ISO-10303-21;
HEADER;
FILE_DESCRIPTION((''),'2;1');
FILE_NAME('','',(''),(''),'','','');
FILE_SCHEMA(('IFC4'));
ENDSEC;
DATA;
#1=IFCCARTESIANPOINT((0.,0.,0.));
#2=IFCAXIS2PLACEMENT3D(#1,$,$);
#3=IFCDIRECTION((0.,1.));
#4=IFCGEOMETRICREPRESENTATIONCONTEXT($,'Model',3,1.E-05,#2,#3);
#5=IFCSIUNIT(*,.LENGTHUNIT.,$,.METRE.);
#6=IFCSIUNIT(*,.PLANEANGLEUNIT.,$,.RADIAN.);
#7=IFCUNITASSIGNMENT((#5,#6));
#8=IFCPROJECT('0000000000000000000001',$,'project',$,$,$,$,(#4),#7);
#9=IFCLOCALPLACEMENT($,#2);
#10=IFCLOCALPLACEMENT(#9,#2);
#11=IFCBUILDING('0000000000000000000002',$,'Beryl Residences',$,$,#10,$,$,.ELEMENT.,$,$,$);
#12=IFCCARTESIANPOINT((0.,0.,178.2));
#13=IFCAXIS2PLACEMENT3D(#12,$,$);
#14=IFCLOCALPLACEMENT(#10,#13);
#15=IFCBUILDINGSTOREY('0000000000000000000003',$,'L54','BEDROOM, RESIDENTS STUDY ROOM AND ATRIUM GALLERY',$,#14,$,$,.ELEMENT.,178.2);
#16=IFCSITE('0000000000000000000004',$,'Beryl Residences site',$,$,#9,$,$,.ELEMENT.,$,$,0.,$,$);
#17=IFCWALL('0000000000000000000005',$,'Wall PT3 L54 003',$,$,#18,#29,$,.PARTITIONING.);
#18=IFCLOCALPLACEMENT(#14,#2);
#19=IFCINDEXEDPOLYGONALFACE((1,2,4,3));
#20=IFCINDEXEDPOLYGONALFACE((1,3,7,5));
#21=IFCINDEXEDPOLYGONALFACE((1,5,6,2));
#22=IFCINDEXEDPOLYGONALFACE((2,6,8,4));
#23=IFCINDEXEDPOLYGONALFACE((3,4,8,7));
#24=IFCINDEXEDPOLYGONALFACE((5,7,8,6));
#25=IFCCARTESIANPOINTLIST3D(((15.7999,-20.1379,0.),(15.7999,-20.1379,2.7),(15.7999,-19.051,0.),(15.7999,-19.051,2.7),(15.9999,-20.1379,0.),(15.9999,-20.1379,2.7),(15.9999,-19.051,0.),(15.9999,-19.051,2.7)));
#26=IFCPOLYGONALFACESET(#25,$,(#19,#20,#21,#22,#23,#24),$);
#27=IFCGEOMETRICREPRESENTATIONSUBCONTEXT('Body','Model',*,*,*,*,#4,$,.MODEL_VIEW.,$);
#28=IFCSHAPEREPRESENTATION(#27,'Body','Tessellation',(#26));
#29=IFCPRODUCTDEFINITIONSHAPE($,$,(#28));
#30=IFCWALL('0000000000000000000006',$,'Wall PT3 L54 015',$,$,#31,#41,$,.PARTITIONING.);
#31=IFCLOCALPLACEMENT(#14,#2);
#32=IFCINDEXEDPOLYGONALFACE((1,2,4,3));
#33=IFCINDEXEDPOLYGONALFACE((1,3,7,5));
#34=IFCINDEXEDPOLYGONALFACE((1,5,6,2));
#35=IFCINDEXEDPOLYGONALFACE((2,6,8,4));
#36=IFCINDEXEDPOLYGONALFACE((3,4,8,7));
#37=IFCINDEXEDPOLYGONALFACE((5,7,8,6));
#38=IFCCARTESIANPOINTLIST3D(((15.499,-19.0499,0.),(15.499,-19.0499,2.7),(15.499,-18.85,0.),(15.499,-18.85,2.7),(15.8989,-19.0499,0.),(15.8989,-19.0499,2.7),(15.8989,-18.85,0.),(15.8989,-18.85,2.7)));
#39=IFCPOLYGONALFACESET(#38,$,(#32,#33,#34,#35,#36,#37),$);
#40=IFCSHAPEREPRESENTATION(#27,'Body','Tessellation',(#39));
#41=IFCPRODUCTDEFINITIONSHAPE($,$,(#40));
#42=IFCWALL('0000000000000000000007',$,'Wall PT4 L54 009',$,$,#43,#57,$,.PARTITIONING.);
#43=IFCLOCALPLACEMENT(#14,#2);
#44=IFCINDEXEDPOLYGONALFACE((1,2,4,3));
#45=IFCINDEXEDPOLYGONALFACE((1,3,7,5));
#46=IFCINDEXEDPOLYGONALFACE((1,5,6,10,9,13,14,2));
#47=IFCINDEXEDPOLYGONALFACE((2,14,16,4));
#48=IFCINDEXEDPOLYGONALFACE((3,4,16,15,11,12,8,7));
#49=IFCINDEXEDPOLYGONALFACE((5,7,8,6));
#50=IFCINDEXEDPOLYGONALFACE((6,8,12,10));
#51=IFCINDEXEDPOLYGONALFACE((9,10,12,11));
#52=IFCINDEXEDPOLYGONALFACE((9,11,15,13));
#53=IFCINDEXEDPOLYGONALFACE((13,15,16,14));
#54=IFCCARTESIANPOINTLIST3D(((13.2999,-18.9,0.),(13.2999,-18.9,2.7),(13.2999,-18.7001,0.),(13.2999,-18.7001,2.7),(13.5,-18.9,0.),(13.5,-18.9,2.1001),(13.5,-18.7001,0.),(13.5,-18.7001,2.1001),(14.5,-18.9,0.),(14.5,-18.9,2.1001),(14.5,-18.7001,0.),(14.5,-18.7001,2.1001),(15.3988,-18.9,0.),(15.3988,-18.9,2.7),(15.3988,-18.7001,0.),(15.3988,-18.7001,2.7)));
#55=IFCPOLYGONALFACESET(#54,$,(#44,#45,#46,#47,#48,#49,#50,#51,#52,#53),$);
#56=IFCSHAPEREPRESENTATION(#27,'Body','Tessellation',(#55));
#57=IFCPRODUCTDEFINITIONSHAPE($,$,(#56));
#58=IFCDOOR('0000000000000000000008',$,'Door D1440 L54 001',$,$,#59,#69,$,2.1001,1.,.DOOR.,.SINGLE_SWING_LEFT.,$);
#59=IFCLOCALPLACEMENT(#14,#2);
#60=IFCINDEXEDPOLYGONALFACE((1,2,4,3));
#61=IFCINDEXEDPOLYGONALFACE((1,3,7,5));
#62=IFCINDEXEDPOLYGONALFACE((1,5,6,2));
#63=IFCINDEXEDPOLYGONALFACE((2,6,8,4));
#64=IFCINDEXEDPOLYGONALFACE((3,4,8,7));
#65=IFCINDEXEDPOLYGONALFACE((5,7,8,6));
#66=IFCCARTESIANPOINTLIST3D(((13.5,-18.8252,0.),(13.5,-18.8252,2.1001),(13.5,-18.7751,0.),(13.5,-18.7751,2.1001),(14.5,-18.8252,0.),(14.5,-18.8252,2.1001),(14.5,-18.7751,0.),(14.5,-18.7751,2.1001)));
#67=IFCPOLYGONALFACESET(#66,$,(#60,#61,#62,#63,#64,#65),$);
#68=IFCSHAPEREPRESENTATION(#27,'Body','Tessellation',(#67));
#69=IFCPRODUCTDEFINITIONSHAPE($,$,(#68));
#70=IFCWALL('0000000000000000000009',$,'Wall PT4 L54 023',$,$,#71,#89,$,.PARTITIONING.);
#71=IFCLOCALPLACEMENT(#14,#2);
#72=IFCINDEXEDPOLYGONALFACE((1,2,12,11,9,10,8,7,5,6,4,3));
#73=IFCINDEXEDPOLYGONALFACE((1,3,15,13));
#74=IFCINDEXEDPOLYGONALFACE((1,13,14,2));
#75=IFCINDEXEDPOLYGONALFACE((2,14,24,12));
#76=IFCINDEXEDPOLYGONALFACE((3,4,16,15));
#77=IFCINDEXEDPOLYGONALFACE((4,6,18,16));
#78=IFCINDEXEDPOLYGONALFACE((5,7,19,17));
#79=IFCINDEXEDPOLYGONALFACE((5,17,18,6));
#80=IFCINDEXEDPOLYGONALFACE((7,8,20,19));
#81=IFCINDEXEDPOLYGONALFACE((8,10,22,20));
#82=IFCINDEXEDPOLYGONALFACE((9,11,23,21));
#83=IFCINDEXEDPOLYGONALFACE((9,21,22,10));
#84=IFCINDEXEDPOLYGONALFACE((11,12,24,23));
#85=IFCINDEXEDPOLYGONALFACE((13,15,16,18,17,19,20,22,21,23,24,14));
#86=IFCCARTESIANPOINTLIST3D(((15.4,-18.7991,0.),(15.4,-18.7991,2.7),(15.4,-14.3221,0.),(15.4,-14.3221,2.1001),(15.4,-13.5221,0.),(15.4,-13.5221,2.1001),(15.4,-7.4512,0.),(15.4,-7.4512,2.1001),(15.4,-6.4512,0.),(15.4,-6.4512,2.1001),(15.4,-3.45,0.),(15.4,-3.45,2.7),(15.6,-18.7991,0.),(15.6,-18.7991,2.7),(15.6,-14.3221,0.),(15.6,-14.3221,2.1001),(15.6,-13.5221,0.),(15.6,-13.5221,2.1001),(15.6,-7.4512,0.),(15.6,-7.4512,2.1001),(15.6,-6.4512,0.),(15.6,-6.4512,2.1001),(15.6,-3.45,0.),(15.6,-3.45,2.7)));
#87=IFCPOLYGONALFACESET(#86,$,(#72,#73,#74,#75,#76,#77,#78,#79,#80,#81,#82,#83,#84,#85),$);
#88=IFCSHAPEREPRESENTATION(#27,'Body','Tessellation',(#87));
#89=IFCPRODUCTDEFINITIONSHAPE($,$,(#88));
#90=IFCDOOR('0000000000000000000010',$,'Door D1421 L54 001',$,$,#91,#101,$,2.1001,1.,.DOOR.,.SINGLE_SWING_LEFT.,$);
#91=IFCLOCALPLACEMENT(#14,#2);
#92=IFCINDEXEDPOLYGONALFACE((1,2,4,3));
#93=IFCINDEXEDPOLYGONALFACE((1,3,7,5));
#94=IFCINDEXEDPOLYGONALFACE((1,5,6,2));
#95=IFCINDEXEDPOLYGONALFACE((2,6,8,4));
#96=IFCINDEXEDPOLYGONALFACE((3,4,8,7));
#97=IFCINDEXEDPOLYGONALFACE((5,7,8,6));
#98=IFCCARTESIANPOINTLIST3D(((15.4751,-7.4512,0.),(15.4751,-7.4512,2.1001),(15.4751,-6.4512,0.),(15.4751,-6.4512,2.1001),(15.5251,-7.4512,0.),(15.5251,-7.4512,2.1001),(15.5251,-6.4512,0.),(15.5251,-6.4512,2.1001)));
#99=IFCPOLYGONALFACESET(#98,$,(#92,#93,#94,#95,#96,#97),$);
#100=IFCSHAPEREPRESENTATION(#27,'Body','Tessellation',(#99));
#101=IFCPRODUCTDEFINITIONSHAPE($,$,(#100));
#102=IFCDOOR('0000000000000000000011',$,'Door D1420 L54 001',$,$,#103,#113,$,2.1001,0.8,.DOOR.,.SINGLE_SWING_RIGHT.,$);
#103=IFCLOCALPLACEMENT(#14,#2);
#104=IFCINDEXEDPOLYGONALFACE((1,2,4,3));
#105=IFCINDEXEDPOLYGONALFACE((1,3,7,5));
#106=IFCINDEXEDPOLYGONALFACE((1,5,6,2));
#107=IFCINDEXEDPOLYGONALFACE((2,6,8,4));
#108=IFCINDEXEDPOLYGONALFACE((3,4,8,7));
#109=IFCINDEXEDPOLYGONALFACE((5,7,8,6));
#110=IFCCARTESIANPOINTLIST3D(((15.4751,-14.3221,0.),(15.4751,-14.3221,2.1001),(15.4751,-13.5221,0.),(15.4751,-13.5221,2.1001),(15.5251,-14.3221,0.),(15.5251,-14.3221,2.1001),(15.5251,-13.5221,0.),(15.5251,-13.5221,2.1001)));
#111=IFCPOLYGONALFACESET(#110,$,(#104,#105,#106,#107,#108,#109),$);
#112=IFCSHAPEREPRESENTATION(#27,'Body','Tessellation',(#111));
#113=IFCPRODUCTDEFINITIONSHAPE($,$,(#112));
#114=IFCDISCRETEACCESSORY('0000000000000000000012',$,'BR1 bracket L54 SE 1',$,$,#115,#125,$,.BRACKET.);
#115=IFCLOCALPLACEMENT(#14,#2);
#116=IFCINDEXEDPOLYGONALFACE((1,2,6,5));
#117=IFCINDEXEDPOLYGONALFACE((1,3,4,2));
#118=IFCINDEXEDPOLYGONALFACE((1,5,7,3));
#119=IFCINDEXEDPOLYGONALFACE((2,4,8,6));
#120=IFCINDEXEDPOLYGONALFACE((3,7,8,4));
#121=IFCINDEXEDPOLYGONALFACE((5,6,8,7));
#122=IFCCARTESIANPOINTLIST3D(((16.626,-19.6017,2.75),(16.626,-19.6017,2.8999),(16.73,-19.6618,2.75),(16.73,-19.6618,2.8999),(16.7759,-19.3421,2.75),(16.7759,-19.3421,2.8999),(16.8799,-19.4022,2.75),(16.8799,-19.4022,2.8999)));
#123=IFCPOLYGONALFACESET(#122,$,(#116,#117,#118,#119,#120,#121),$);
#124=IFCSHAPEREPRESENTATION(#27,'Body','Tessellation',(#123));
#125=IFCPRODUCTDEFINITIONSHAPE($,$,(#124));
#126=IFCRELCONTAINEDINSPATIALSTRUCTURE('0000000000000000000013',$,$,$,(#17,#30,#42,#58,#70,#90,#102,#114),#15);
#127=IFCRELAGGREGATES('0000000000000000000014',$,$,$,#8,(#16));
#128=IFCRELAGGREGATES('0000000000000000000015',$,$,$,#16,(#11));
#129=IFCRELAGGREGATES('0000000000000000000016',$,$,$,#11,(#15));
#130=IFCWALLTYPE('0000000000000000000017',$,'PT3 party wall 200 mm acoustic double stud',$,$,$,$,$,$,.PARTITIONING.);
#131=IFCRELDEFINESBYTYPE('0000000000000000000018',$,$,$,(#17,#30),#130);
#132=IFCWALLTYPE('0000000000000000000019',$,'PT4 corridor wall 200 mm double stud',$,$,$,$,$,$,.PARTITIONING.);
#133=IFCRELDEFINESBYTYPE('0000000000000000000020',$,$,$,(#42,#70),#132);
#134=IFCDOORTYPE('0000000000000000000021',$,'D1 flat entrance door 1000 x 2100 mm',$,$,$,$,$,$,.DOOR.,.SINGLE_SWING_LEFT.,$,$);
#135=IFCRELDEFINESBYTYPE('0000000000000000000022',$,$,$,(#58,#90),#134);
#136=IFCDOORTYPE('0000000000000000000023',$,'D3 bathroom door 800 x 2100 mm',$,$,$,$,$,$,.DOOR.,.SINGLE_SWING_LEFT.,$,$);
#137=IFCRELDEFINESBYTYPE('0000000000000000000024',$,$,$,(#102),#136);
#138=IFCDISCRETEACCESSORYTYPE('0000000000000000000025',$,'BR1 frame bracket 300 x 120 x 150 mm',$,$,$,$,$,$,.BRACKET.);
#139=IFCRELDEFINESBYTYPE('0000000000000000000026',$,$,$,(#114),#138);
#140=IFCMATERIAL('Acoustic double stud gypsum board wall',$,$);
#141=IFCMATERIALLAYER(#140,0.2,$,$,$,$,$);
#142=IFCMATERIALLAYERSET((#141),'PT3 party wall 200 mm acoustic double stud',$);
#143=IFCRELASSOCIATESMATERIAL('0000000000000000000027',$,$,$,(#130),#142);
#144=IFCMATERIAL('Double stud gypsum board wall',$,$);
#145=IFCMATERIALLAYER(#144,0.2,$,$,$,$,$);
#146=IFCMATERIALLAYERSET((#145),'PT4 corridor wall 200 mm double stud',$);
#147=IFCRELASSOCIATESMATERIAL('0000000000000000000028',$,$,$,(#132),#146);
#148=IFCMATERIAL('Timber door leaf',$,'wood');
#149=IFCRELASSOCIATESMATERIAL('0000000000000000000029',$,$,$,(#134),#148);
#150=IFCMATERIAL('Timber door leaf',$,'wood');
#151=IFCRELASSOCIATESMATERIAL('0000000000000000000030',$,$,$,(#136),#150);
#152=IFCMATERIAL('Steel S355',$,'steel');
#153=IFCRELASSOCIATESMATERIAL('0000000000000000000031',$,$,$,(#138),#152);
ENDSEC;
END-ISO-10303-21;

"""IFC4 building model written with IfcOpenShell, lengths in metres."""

from ifc_helpers import new_model, si_unit, direction, frame, frame_2d, origin, place, context, subcontext, project, spatial, polyline, rectangle, outline, extrude, source, transform, mapped, material, layer, layer_set, type_object, type_shapes, element, fill, save


model = new_model("IFC4")

# Units and contexts
model_context = context("Model", 3, precision=1e-05, world=origin(), true_north=direction((0.0, 1.0)))
body_context = subcontext(model_context, "Body", "Model", "MODEL_VIEW")
ifc_project = project(units=[si_unit("LENGTHUNIT", "METRE"), si_unit("PLANEANGLEUNIT", "RADIAN")], contexts=[model_context])

# Site, building, storey
site_placement = place(None, origin())
site = spatial("IfcSite", under=ifc_project, at=site_placement, Name="Beryl Residences site", CompositionType="ELEMENT", RefElevation=0.0)
building_placement = place(site_placement, origin())
building = spatial("IfcBuilding", under=site, at=building_placement, Name="Beryl Residences", CompositionType="ELEMENT")
storey_placement = place(building_placement, frame((0.0, 0.0, 178.2)))
storey = spatial("IfcBuildingStorey", under=building, at=storey_placement, Name="L54", Description="BEDROOM, RESIDENTS STUDY ROOM AND ATRIUM GALLERY", CompositionType="ELEMENT", Elevation=178.2)

# Walls
ifc_material_1 = material(Name="Acoustic double stud gypsum board wall")
ifc_layer_1 = layer(ifc_material_1, 0.2)
ifc_layer_set_1 = layer_set([ifc_layer_1], Name="PT3 party wall 200 mm acoustic double stud")
wall_type_1 = type_object("IfcWallType", Name="PT3 party wall 200 mm acoustic double stud", PredefinedType="PARTITIONING", material=ifc_layer_set_1)
wall_1_placement = place(storey_placement, frame((15.8999, -19.051, 0.0), z_axis=(0.0, 0.0, 1.0), x_axis=(0.0, -1.0, 0.0)))
element("IfcWall", 1, at=wall_1_placement, inside=storey, type_object=wall_type_1, Name="Wall PT3 L54 003", PredefinedType="PARTITIONING", context=body_context, shape_type="SweptSolid", body=[
    extrude(rectangle(XDim=1.0869, YDim=0.2, at=frame_2d((0.5435, 0.0))), origin(), (0.0, 0.0, 1.0), 2.7),
])
wall_2_placement = place(storey_placement, frame((15.499, -18.95, 0.0), z_axis=(0.0, 0.0, 1.0), x_axis=(1.0, 0.0, 0.0)))
element("IfcWall", 2, at=wall_2_placement, inside=storey, type_object=wall_type_1, Name="Wall PT3 L54 015", PredefinedType="PARTITIONING", context=body_context, shape_type="SweptSolid", body=[
    extrude(rectangle(XDim=0.3999, YDim=0.2, at=frame_2d((0.2, 0.0))), origin(), (0.0, 0.0, 1.0), 2.7),
])

# Wall, opening, door
ifc_material_2 = material(Name="Double stud gypsum board wall")
ifc_layer_2 = layer(ifc_material_2, 0.2)
ifc_layer_set_2 = layer_set([ifc_layer_2], Name="PT4 corridor wall 200 mm double stud")
wall_type_2 = type_object("IfcWallType", Name="PT4 corridor wall 200 mm double stud", PredefinedType="PARTITIONING", material=ifc_layer_set_2)
wall_3_placement = place(storey_placement, frame((13.3, -18.8, 0.0), z_axis=(0.0, 0.0, 1.0), x_axis=(1.0, 0.0, 0.0)))
wall_3 = element("IfcWall", 3, at=wall_3_placement, inside=storey, type_object=wall_type_2, Name="Wall PT4 L54 009", PredefinedType="PARTITIONING", context=body_context, shape_type="SweptSolid", body=[
    extrude(rectangle(XDim=2.0989, YDim=0.2, at=frame_2d((1.0493, 0.0))), origin(), (0.0, 0.0, 1.0), 2.7),
])
opening_1_placement = place(wall_3_placement, frame((0.2, 0.0, 0.0)))
opening_1 = element("IfcOpeningElement", 4, at=opening_1_placement, cuts=wall_3, PredefinedType="OPENING", context=body_context, shape_type="SweptSolid", body=[
    extrude(rectangle(XDim=1.0, YDim=2.1001, at=frame_2d((0.5, 1.05))), frame((0.0, 0.1099, 0.0), z_axis=(0.0, -1.0, 0.0), x_axis=(1.0, 0.0, 0.0)), (0.0, 0.0, 1.0), 0.22),
])
ifc_material_3 = material(Name="Timber door leaf", Category="wood")
door_type_1 = type_object("IfcDoorType", Name="D1 flat entrance door 1000 x 2100 mm", OperationType="SINGLE_SWING_LEFT", PredefinedType="DOOR", material=ifc_material_3)
door_1_placement = place(opening_1_placement, origin())
door_1 = element("IfcDoor", 5, at=door_1_placement, inside=storey, type_object=door_type_1, Name="Door D1440 L54 001", OperationType="SINGLE_SWING_LEFT", OverallHeight=2.1001, OverallWidth=1.0, PredefinedType="DOOR", context=body_context, shape_type="SweptSolid", body=[
    extrude(rectangle(XDim=1.0, YDim=2.1001, at=frame_2d((0.5, 1.05))), frame((0.0, 0.0249, 0.0), z_axis=(0.0, -1.0, 0.0), x_axis=(1.0, 0.0, 0.0)), (0.0, 0.0, 1.0), 0.05),
])
fill(opening_1, door_1)

# Wall, openings, doors
wall_4_placement = place(storey_placement, frame((15.5, -18.7991, 0.0), z_axis=(0.0, 0.0, 1.0), x_axis=(0.0, 1.0, 0.0)))
wall_4 = element("IfcWall", 6, at=wall_4_placement, inside=storey, type_object=wall_type_2, Name="Wall PT4 L54 023", PredefinedType="PARTITIONING", context=body_context, shape_type="SweptSolid", body=[
    extrude(rectangle(XDim=15.3491, YDim=0.2, at=frame_2d((7.6746, 0.0))), origin(), (0.0, 0.0, 1.0), 2.7),
])
opening_2_placement = place(wall_4_placement, frame((4.4771, 0.0, 0.0)))
opening_2 = element("IfcOpeningElement", 7, at=opening_2_placement, cuts=wall_4, PredefinedType="OPENING", context=body_context, shape_type="SweptSolid", body=[
    extrude(rectangle(XDim=0.8, YDim=2.1001, at=frame_2d((0.3999, 1.05))), frame((0.0, 0.1099, 0.0), z_axis=(0.0, -1.0, 0.0), x_axis=(1.0, 0.0, 0.0)), (0.0, 0.0, 1.0), 0.22),
])
opening_3_placement = place(wall_4_placement, frame((11.3479, 0.0, 0.0)))
opening_3 = element("IfcOpeningElement", 8, at=opening_3_placement, cuts=wall_4, PredefinedType="OPENING", context=body_context, shape_type="SweptSolid", body=[
    extrude(rectangle(XDim=1.0, YDim=2.1001, at=frame_2d((0.5, 1.05))), frame((0.0, 0.1099, 0.0), z_axis=(0.0, -1.0, 0.0), x_axis=(1.0, 0.0, 0.0)), (0.0, 0.0, 1.0), 0.22),
])
door_2_placement = place(opening_3_placement, origin())
door_2 = element("IfcDoor", 9, at=door_2_placement, inside=storey, type_object=door_type_1, Name="Door D1421 L54 001", OperationType="SINGLE_SWING_LEFT", OverallHeight=2.1001, OverallWidth=1.0, PredefinedType="DOOR", context=body_context, shape_type="SweptSolid", body=[
    extrude(rectangle(XDim=1.0, YDim=2.1001, at=frame_2d((0.5, 1.05))), frame((0.0, 0.0249, 0.0), z_axis=(0.0, -1.0, 0.0), x_axis=(1.0, 0.0, 0.0)), (0.0, 0.0, 1.0), 0.05),
])
fill(opening_3, door_2)
ifc_material_4 = material(Name="Timber door leaf", Category="wood")
door_type_2 = type_object("IfcDoorType", Name="D3 bathroom door 800 x 2100 mm", OperationType="SINGLE_SWING_LEFT", PredefinedType="DOOR", material=ifc_material_4)
door_3_placement = place(opening_2_placement, origin())
door_3 = element("IfcDoor", 10, at=door_3_placement, inside=storey, type_object=door_type_2, Name="Door D1420 L54 001", OperationType="SINGLE_SWING_RIGHT", OverallHeight=2.1001, OverallWidth=0.8, PredefinedType="DOOR", context=body_context, shape_type="SweptSolid", body=[
    extrude(rectangle(XDim=0.8, YDim=2.1001, at=frame_2d((0.3999, 1.05))), frame((0.0, 0.0249, 0.0), z_axis=(0.0, -1.0, 0.0), x_axis=(1.0, 0.0, 0.0)), (0.0, 0.0, 1.0), 0.05),
])
fill(opening_2, door_3)

# Discrete accessory
ifc_material_5 = material(Name="Steel S355", Category="steel")
discrete_accessory_type = type_object("IfcDiscreteAccessoryType", Name="BR1 frame bracket 300 x 120 x 150 mm", PredefinedType="BRACKET", material=ifc_material_5)
shared_shape_1 = source(origin(), body_context, "Body", "SweptSolid", [
    extrude(outline(polyline([(-0.1499, 0.0), (0.1499, 0.0), (0.1499, 0.1201), (-0.1499, 0.1201), (-0.1499, 0.0)])), origin(), (0.0, 0.0, 1.0), 0.1499),
])
type_shapes(discrete_accessory_type, [shared_shape_1])
discrete_accessory_placement = place(storey_placement, frame((16.7009, -19.4719, 2.75), z_axis=(0.0, 0.0, 1.0), x_axis=(-0.5, -0.866025, 0.0)))
element("IfcDiscreteAccessory", 11, at=discrete_accessory_placement, inside=storey, type_object=discrete_accessory_type, Name="BR1 bracket L54 SE 1", PredefinedType="BRACKET", context=body_context, shape_type="MappedRepresentation", body=[
    mapped(shared_shape_1, transform((0.0, 0.0, 0.0))),
])

save(model, "model.ifc")
